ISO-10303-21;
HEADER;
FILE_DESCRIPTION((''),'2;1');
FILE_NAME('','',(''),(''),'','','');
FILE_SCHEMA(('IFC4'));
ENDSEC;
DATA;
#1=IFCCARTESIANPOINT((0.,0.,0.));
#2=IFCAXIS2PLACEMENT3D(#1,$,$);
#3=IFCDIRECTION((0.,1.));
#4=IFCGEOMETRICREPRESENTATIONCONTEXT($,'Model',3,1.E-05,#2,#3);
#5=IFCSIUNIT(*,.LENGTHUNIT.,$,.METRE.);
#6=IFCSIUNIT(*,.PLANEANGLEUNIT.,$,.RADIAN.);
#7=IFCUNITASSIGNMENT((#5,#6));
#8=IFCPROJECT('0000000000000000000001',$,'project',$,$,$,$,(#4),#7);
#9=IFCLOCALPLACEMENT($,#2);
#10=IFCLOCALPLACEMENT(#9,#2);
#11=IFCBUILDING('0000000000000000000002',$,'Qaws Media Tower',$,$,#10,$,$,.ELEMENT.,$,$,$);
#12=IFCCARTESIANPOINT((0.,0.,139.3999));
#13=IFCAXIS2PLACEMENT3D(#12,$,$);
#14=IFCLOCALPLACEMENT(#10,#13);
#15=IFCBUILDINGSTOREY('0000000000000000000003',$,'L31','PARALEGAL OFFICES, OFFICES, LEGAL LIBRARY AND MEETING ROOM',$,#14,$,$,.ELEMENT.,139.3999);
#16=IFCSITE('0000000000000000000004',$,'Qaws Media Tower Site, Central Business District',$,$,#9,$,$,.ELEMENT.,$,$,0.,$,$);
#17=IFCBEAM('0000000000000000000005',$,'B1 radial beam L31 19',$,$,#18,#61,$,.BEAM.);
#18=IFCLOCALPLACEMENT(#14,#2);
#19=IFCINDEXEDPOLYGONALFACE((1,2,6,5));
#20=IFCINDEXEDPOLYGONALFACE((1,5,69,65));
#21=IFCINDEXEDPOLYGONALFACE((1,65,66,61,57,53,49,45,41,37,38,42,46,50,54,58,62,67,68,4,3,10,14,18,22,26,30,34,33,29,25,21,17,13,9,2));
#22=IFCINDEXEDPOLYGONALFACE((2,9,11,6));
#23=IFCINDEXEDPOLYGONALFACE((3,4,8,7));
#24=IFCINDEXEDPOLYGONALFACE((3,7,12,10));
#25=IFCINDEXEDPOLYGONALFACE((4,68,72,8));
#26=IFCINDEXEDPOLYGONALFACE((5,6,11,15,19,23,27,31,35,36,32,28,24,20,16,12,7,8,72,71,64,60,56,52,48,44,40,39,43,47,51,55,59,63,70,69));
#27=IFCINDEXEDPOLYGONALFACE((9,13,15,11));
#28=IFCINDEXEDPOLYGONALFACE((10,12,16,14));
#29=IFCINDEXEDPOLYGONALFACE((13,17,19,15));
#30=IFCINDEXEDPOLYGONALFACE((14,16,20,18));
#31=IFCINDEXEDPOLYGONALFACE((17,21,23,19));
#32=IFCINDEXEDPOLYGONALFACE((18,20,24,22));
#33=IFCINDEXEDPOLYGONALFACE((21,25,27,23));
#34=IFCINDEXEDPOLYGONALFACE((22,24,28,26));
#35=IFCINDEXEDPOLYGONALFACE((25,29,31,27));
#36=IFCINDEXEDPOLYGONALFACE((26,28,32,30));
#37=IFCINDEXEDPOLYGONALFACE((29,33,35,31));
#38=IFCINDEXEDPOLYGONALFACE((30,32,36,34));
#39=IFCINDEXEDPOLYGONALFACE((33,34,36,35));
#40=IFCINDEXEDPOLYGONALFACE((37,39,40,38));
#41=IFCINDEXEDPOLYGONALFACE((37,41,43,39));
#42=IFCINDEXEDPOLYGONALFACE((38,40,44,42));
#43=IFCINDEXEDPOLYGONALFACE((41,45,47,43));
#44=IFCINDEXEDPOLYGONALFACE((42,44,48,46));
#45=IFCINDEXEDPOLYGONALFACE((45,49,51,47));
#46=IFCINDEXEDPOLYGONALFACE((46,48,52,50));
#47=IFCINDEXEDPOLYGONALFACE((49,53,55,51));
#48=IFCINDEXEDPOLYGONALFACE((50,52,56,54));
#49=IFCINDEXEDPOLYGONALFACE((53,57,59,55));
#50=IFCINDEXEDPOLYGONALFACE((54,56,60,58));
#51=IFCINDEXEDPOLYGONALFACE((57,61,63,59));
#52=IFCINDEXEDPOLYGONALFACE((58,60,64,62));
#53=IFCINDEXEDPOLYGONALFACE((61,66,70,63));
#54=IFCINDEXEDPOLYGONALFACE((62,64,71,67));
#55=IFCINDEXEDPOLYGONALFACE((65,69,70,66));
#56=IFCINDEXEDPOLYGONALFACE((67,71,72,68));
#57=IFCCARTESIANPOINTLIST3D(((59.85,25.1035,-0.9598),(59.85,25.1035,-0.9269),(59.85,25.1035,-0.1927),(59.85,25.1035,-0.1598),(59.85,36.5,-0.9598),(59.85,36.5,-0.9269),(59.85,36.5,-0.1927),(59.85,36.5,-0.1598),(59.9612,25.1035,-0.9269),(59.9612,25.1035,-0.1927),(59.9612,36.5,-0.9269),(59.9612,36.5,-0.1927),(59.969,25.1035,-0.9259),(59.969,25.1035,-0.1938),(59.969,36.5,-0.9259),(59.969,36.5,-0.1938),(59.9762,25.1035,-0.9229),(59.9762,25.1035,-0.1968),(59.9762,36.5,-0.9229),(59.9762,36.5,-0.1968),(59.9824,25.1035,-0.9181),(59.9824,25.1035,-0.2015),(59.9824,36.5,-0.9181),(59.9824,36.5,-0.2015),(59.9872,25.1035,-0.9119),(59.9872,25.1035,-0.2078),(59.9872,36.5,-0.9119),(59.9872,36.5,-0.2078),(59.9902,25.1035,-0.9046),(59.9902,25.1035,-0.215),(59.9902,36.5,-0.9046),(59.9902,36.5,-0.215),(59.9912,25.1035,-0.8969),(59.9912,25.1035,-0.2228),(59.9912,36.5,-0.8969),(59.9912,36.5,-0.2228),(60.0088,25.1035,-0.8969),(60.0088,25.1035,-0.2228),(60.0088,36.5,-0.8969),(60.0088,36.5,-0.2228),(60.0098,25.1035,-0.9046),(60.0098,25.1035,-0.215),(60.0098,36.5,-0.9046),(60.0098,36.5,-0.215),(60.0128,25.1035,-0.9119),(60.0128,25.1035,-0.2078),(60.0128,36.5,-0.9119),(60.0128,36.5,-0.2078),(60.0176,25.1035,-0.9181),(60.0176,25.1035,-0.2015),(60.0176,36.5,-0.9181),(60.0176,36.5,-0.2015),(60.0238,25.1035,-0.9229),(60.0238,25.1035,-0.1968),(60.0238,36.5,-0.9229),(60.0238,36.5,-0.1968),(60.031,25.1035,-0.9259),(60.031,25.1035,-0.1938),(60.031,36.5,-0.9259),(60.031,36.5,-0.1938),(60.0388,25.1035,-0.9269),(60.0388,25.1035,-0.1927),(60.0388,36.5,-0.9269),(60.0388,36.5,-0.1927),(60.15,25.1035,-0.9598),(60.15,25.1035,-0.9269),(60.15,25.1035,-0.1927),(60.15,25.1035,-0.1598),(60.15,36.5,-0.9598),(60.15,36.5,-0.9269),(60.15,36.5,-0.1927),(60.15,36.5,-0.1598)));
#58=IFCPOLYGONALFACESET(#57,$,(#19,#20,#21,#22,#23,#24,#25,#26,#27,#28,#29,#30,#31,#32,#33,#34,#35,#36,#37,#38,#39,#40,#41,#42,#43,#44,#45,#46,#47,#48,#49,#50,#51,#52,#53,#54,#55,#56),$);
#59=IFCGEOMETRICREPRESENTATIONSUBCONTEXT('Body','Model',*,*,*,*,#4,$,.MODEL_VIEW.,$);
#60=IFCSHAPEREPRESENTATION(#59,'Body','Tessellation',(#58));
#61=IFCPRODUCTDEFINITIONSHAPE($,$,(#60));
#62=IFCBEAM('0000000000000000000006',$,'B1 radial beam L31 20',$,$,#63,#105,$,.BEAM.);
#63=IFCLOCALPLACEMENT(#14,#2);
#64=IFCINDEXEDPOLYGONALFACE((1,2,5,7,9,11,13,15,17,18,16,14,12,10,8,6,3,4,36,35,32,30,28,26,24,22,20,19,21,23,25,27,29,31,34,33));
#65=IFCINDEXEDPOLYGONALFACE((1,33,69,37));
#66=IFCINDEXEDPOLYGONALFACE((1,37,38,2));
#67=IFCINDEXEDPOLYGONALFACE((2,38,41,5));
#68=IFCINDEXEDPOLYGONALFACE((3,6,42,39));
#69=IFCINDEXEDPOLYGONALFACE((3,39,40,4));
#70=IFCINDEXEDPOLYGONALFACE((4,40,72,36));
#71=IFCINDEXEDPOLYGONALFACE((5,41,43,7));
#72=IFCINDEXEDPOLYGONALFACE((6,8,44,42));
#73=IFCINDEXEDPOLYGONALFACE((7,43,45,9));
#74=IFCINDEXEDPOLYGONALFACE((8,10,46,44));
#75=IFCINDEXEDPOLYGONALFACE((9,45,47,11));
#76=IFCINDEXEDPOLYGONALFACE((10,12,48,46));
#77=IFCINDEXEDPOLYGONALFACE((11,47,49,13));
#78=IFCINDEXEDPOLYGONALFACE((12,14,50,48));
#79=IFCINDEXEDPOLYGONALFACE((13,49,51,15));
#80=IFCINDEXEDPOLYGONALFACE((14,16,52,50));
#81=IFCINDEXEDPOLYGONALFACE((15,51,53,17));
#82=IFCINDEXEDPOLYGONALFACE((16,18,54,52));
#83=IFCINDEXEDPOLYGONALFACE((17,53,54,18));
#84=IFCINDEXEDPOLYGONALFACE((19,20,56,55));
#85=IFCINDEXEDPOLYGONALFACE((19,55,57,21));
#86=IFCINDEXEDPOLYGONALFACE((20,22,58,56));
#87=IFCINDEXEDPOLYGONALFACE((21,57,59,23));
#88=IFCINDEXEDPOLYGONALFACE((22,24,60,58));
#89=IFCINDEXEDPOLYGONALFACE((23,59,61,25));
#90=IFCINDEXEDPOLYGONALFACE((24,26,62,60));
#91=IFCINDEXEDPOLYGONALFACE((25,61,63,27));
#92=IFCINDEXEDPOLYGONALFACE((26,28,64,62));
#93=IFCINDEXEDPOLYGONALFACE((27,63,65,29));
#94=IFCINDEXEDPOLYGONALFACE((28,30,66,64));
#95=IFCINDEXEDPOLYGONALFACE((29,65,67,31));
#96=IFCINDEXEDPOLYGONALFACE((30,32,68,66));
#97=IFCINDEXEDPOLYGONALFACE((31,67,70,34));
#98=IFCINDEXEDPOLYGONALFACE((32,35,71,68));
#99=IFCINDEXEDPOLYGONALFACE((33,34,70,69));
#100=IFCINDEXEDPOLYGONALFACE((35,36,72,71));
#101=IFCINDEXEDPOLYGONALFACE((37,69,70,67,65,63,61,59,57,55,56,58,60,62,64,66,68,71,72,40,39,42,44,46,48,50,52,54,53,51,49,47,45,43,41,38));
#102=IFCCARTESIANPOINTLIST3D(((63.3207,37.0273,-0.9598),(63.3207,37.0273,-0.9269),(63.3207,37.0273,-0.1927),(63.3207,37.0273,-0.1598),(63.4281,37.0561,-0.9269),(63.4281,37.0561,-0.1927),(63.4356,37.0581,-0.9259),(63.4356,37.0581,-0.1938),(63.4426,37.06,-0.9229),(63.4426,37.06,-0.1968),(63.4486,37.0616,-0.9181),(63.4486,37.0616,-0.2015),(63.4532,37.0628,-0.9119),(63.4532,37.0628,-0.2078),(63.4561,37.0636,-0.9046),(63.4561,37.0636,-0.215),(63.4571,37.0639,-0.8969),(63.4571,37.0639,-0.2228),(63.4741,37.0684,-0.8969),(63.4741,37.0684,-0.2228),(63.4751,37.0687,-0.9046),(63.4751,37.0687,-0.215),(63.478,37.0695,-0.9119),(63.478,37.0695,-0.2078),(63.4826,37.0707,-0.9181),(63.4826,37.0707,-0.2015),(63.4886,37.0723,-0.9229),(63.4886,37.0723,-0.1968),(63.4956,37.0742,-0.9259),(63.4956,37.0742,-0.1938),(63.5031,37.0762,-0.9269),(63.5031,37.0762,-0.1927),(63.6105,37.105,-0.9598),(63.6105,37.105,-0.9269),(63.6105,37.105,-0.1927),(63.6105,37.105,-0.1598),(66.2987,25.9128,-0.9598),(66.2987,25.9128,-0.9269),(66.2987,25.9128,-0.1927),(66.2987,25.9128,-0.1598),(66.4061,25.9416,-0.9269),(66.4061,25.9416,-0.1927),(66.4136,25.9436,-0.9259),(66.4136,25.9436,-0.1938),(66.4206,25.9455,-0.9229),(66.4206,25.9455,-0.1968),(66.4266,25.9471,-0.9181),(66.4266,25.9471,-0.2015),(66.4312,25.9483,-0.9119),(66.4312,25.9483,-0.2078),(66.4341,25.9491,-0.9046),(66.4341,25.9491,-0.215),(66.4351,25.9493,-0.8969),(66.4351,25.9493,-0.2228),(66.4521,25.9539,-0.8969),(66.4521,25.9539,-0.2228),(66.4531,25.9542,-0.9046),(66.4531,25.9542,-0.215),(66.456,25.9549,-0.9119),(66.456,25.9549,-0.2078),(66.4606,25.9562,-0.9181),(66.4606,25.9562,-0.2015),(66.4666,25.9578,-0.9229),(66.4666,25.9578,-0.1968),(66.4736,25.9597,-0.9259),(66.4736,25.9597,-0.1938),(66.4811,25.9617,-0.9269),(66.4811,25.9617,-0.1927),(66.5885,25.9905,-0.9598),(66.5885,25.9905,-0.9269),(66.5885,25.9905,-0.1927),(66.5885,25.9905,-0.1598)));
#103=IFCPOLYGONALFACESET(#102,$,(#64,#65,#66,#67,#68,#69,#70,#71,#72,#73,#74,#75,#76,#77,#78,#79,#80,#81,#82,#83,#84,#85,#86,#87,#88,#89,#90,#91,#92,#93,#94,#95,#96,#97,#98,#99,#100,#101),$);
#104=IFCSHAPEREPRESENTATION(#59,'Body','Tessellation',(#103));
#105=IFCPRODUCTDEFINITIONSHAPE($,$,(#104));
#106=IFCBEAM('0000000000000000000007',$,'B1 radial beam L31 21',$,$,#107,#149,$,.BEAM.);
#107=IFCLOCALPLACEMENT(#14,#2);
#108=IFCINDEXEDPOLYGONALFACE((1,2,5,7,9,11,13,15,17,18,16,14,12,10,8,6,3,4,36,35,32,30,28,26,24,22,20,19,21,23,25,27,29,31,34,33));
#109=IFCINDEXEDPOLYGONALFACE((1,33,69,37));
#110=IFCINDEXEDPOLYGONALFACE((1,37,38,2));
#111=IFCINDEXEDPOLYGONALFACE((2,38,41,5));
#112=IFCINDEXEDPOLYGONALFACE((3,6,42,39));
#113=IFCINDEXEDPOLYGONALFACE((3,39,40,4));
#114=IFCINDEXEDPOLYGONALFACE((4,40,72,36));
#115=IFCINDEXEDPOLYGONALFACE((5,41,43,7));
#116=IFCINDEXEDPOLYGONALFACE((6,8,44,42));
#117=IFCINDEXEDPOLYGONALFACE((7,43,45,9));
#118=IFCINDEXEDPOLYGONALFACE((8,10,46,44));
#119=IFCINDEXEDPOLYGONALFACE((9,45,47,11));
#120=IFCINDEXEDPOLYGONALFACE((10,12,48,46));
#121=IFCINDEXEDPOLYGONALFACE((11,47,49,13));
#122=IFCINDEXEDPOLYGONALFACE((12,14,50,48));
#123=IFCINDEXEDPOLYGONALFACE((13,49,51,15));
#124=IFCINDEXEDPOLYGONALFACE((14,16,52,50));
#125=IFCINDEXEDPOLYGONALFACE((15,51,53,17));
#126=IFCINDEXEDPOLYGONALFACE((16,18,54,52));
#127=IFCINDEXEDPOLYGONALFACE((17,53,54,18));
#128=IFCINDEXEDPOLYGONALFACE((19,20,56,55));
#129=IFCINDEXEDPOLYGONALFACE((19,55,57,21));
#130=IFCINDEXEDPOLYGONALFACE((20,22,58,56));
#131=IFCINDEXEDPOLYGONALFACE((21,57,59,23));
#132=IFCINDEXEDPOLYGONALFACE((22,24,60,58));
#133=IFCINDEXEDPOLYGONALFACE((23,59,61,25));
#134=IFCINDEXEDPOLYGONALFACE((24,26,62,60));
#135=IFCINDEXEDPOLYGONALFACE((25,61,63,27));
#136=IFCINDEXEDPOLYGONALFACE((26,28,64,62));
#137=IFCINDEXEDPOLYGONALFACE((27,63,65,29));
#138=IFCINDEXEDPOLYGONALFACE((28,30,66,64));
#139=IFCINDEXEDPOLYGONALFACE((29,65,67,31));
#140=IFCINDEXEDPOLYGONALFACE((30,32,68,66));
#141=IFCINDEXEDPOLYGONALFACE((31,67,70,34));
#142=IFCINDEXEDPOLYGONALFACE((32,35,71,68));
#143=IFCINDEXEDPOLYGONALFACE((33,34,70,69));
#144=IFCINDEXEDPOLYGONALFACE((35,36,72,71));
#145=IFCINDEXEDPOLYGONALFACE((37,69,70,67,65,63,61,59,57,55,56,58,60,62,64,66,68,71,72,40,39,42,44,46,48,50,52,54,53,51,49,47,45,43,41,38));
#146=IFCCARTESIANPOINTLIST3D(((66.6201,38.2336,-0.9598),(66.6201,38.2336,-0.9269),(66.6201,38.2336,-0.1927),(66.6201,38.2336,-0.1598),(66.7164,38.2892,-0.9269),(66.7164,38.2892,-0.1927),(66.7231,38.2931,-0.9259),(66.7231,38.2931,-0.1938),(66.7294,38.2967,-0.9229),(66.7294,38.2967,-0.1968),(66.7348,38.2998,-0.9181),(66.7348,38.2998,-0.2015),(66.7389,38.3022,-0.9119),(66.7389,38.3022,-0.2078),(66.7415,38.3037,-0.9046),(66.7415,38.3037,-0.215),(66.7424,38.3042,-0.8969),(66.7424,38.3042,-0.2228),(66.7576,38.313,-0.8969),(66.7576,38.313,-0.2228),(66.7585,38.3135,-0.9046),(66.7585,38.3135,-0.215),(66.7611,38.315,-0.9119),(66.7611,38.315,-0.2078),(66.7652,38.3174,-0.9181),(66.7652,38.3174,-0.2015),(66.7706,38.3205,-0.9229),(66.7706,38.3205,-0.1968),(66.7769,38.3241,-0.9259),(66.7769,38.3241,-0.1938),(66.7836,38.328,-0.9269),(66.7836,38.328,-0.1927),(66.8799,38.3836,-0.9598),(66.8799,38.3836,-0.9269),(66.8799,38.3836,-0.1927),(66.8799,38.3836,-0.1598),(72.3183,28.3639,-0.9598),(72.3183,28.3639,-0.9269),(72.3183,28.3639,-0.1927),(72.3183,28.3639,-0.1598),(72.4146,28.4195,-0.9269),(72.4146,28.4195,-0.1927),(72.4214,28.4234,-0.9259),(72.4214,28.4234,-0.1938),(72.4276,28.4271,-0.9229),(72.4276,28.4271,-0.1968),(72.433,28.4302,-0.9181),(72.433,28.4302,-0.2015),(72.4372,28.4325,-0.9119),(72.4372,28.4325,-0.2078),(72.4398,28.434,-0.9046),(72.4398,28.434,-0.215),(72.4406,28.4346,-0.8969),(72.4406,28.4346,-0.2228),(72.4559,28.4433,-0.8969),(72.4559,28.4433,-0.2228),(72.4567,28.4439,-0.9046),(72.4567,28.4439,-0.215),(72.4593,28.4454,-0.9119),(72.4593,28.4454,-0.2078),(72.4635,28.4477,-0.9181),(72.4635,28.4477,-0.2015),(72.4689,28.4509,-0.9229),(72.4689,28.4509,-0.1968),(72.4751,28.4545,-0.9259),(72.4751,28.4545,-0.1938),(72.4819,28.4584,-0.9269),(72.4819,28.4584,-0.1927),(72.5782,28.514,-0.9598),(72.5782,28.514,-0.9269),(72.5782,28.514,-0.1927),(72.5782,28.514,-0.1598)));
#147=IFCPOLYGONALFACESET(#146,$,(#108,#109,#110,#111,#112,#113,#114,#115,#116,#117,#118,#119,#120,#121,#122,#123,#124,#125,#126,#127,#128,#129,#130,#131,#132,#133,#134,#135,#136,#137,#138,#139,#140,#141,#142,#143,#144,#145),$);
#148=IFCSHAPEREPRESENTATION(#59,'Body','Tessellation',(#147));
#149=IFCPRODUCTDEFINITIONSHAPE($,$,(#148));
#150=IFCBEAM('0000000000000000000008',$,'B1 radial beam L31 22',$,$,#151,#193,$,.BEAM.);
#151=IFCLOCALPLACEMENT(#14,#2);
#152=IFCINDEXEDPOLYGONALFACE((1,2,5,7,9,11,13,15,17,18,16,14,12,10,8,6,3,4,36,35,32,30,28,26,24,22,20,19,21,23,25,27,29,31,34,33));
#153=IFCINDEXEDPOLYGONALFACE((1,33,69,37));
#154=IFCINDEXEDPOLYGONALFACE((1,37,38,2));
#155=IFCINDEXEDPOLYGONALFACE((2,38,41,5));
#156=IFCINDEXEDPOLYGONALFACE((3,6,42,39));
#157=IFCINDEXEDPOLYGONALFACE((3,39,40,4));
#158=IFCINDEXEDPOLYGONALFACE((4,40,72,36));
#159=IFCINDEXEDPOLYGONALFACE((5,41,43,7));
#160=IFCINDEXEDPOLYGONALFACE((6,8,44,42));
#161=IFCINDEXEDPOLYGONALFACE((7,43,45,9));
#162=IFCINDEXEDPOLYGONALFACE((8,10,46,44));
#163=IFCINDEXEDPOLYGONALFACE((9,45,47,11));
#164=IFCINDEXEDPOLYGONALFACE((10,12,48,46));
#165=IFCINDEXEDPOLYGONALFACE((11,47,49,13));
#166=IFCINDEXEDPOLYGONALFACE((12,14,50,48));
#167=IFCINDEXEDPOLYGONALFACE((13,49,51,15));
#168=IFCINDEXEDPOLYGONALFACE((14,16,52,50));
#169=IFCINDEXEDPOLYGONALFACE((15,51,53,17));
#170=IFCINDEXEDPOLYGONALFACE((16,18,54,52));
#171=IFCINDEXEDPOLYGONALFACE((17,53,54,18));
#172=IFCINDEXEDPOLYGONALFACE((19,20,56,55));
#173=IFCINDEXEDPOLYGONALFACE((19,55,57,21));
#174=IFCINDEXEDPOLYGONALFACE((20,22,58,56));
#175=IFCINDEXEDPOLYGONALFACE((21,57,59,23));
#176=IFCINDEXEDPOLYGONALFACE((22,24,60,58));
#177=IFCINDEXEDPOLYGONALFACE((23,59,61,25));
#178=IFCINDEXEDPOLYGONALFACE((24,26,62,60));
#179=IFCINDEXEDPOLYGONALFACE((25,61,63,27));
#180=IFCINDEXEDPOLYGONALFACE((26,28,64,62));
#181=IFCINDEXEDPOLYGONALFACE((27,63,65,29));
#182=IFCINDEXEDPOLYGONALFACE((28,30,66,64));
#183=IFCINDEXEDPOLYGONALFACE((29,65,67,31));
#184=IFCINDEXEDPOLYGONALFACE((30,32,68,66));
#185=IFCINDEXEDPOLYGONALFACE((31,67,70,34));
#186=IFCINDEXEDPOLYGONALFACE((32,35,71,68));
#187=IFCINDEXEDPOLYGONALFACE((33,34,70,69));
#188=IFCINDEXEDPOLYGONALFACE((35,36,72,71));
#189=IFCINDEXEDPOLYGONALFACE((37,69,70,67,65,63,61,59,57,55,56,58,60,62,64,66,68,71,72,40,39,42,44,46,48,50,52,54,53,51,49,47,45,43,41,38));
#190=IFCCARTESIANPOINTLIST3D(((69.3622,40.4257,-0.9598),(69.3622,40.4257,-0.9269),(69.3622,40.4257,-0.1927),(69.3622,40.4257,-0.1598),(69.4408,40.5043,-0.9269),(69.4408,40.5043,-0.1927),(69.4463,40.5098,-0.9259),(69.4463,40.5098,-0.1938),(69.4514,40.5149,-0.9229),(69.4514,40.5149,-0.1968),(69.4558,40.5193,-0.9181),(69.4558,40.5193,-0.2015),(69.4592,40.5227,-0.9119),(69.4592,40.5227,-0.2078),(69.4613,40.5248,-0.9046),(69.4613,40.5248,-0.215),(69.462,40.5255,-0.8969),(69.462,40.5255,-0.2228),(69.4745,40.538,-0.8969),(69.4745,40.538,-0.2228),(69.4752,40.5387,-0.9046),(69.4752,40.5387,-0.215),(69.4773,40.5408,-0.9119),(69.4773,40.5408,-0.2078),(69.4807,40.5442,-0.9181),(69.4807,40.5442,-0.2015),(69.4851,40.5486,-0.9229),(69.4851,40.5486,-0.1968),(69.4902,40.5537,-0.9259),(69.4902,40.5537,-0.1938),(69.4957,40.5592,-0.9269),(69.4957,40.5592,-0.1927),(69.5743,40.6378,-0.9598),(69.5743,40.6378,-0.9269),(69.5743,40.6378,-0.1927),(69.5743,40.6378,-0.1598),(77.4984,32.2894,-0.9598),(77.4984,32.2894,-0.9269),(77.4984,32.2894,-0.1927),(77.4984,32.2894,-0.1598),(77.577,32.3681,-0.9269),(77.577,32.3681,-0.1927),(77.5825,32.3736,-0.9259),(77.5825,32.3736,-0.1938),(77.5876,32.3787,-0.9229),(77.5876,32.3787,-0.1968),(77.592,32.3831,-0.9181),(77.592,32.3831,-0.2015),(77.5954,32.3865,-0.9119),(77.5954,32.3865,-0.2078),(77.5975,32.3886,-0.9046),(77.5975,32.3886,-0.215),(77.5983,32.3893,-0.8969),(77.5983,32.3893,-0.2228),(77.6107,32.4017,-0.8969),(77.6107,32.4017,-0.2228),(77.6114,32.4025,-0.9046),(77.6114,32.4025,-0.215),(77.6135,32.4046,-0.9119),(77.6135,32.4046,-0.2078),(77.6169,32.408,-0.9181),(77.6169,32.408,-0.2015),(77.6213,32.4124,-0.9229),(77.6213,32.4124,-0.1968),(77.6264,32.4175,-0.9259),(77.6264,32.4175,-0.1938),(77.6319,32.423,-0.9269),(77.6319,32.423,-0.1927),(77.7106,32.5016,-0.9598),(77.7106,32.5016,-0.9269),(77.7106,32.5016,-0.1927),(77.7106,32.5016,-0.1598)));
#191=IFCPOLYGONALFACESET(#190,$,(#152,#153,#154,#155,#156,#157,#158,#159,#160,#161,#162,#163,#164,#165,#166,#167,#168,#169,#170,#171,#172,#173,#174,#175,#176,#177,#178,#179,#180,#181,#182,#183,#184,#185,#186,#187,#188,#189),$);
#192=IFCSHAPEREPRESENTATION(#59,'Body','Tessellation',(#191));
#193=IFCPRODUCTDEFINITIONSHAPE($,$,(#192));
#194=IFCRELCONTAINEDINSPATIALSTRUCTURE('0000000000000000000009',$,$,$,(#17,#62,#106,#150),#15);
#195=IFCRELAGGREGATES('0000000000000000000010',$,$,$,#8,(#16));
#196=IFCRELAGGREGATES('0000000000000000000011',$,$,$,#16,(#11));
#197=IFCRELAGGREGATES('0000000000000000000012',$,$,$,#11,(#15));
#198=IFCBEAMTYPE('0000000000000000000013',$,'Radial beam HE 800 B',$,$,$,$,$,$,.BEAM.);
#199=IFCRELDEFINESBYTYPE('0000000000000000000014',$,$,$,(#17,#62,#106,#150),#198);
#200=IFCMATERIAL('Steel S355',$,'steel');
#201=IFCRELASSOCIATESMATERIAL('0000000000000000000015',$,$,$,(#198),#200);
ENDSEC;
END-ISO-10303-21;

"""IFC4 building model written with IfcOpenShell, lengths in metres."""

from ifc_helpers import new_model, si_unit, direction, frame, origin, origin_2d, place, context, subcontext, project, spatial, i_section, extrude, material, material_profile, profile_set, type_object, element, save


model = new_model("IFC4")

# Units and contexts
model_context = context("Model", 3, precision=1e-05, world=origin(), true_north=direction((0.0, 1.0)))
body_context = subcontext(model_context, "Body", "Model", "MODEL_VIEW")
ifc_project = project(units=[si_unit("LENGTHUNIT", "METRE"), si_unit("PLANEANGLEUNIT", "RADIAN")], contexts=[model_context])

# Site, building, storey
site_placement = place(None, origin())
site = spatial("IfcSite", under=ifc_project, at=site_placement, Name="Qaws Media Tower Site, Central Business District", CompositionType="ELEMENT", RefElevation=0.0)
building_placement = place(site_placement, origin())
building = spatial("IfcBuilding", under=site, at=building_placement, Name="Qaws Media Tower", CompositionType="ELEMENT")
storey_placement = place(building_placement, frame((0.0, 0.0, 139.3999)))
storey = spatial("IfcBuildingStorey", under=building, at=storey_placement, Name="L31", Description="PARALEGAL OFFICES, OFFICES, LEGAL LIBRARY AND MEETING ROOM", CompositionType="ELEMENT", Elevation=139.3999)

# Beams
ifc_material_1 = material(Name="Steel S355", Category="steel")
ifc_material_profile_1 = material_profile(ifc_material_1, i_section(OverallWidth=0.3, OverallDepth=0.8, WebThickness=0.0176, FlangeThickness=0.033, FilletRadius=0.03, at=origin_2d()), Name="HE 800 B")
ifc_profile_set_1 = profile_set([ifc_material_profile_1], Name="Steel S355")
beam_type_1 = type_object("IfcBeamType", Name="Radial beam HE 800 B", PredefinedType="BEAM", material=ifc_profile_set_1)
beam_1_placement = place(storey_placement, frame((60.0, 36.5, -0.5598), z_axis=(0.0, -1.0, 0.0), x_axis=(1.0, 0.0, 0.0)))
element("IfcBeam", 1, at=beam_1_placement, inside=storey, type_object=beam_type_1, Name="B1 radial beam L31 19", PredefinedType="BEAM", context=body_context, shape_type="SweptSolid", body=[
    extrude(i_section(OverallWidth=0.3, OverallDepth=0.8, WebThickness=0.0176, FlangeThickness=0.033, FilletRadius=0.03, at=origin_2d()), origin(), (0.0, 0.0, 1.0), 11.3965),
])
beam_2_placement = place(storey_placement, frame((63.4656, 37.0662, -0.5598), z_axis=(0.258811, -0.965928, 0.0), x_axis=(0.965928, 0.258811, 0.0)))
element("IfcBeam", 2, at=beam_2_placement, inside=storey, type_object=beam_type_1, Name="B1 radial beam L31 20", PredefinedType="BEAM", context=body_context, shape_type="SweptSolid", body=[
    extrude(i_section(OverallWidth=0.3, OverallDepth=0.8, WebThickness=0.0176, FlangeThickness=0.033, FilletRadius=0.03, at=origin_2d()), origin(), (0.0, 0.0, 1.0), 11.5066),
])
beam_3_placement = place(storey_placement, frame((66.75, 38.3086, -0.5598), z_axis=(0.500001, -0.866025, 0.0), x_axis=(0.866025, 0.500001, 0.0)))
element("IfcBeam", 3, at=beam_3_placement, inside=storey, type_object=beam_type_1, Name="B1 radial beam L31 21", PredefinedType="BEAM", context=body_context, shape_type="SweptSolid", body=[
    extrude(i_section(OverallWidth=0.3, OverallDepth=0.8, WebThickness=0.0176, FlangeThickness=0.033, FilletRadius=0.03, at=origin_2d()), origin(), (0.0, 0.0, 1.0), 11.3965),
])
beam_4_placement = place(storey_placement, frame((69.4683, 40.5317, -0.5598), z_axis=(0.707107, -0.707107, 0.0), x_axis=(0.707107, 0.707107, 0.0)))
element("IfcBeam", 4, at=beam_4_placement, inside=storey, type_object=beam_type_1, Name="B1 radial beam L31 22", PredefinedType="BEAM", context=body_context, shape_type="SweptSolid", body=[
    extrude(i_section(OverallWidth=0.3, OverallDepth=0.8, WebThickness=0.0176, FlangeThickness=0.033, FilletRadius=0.03, at=origin_2d()), origin(), (0.0, 0.0, 1.0), 11.5063),
])

save(model, "model.ifc")
